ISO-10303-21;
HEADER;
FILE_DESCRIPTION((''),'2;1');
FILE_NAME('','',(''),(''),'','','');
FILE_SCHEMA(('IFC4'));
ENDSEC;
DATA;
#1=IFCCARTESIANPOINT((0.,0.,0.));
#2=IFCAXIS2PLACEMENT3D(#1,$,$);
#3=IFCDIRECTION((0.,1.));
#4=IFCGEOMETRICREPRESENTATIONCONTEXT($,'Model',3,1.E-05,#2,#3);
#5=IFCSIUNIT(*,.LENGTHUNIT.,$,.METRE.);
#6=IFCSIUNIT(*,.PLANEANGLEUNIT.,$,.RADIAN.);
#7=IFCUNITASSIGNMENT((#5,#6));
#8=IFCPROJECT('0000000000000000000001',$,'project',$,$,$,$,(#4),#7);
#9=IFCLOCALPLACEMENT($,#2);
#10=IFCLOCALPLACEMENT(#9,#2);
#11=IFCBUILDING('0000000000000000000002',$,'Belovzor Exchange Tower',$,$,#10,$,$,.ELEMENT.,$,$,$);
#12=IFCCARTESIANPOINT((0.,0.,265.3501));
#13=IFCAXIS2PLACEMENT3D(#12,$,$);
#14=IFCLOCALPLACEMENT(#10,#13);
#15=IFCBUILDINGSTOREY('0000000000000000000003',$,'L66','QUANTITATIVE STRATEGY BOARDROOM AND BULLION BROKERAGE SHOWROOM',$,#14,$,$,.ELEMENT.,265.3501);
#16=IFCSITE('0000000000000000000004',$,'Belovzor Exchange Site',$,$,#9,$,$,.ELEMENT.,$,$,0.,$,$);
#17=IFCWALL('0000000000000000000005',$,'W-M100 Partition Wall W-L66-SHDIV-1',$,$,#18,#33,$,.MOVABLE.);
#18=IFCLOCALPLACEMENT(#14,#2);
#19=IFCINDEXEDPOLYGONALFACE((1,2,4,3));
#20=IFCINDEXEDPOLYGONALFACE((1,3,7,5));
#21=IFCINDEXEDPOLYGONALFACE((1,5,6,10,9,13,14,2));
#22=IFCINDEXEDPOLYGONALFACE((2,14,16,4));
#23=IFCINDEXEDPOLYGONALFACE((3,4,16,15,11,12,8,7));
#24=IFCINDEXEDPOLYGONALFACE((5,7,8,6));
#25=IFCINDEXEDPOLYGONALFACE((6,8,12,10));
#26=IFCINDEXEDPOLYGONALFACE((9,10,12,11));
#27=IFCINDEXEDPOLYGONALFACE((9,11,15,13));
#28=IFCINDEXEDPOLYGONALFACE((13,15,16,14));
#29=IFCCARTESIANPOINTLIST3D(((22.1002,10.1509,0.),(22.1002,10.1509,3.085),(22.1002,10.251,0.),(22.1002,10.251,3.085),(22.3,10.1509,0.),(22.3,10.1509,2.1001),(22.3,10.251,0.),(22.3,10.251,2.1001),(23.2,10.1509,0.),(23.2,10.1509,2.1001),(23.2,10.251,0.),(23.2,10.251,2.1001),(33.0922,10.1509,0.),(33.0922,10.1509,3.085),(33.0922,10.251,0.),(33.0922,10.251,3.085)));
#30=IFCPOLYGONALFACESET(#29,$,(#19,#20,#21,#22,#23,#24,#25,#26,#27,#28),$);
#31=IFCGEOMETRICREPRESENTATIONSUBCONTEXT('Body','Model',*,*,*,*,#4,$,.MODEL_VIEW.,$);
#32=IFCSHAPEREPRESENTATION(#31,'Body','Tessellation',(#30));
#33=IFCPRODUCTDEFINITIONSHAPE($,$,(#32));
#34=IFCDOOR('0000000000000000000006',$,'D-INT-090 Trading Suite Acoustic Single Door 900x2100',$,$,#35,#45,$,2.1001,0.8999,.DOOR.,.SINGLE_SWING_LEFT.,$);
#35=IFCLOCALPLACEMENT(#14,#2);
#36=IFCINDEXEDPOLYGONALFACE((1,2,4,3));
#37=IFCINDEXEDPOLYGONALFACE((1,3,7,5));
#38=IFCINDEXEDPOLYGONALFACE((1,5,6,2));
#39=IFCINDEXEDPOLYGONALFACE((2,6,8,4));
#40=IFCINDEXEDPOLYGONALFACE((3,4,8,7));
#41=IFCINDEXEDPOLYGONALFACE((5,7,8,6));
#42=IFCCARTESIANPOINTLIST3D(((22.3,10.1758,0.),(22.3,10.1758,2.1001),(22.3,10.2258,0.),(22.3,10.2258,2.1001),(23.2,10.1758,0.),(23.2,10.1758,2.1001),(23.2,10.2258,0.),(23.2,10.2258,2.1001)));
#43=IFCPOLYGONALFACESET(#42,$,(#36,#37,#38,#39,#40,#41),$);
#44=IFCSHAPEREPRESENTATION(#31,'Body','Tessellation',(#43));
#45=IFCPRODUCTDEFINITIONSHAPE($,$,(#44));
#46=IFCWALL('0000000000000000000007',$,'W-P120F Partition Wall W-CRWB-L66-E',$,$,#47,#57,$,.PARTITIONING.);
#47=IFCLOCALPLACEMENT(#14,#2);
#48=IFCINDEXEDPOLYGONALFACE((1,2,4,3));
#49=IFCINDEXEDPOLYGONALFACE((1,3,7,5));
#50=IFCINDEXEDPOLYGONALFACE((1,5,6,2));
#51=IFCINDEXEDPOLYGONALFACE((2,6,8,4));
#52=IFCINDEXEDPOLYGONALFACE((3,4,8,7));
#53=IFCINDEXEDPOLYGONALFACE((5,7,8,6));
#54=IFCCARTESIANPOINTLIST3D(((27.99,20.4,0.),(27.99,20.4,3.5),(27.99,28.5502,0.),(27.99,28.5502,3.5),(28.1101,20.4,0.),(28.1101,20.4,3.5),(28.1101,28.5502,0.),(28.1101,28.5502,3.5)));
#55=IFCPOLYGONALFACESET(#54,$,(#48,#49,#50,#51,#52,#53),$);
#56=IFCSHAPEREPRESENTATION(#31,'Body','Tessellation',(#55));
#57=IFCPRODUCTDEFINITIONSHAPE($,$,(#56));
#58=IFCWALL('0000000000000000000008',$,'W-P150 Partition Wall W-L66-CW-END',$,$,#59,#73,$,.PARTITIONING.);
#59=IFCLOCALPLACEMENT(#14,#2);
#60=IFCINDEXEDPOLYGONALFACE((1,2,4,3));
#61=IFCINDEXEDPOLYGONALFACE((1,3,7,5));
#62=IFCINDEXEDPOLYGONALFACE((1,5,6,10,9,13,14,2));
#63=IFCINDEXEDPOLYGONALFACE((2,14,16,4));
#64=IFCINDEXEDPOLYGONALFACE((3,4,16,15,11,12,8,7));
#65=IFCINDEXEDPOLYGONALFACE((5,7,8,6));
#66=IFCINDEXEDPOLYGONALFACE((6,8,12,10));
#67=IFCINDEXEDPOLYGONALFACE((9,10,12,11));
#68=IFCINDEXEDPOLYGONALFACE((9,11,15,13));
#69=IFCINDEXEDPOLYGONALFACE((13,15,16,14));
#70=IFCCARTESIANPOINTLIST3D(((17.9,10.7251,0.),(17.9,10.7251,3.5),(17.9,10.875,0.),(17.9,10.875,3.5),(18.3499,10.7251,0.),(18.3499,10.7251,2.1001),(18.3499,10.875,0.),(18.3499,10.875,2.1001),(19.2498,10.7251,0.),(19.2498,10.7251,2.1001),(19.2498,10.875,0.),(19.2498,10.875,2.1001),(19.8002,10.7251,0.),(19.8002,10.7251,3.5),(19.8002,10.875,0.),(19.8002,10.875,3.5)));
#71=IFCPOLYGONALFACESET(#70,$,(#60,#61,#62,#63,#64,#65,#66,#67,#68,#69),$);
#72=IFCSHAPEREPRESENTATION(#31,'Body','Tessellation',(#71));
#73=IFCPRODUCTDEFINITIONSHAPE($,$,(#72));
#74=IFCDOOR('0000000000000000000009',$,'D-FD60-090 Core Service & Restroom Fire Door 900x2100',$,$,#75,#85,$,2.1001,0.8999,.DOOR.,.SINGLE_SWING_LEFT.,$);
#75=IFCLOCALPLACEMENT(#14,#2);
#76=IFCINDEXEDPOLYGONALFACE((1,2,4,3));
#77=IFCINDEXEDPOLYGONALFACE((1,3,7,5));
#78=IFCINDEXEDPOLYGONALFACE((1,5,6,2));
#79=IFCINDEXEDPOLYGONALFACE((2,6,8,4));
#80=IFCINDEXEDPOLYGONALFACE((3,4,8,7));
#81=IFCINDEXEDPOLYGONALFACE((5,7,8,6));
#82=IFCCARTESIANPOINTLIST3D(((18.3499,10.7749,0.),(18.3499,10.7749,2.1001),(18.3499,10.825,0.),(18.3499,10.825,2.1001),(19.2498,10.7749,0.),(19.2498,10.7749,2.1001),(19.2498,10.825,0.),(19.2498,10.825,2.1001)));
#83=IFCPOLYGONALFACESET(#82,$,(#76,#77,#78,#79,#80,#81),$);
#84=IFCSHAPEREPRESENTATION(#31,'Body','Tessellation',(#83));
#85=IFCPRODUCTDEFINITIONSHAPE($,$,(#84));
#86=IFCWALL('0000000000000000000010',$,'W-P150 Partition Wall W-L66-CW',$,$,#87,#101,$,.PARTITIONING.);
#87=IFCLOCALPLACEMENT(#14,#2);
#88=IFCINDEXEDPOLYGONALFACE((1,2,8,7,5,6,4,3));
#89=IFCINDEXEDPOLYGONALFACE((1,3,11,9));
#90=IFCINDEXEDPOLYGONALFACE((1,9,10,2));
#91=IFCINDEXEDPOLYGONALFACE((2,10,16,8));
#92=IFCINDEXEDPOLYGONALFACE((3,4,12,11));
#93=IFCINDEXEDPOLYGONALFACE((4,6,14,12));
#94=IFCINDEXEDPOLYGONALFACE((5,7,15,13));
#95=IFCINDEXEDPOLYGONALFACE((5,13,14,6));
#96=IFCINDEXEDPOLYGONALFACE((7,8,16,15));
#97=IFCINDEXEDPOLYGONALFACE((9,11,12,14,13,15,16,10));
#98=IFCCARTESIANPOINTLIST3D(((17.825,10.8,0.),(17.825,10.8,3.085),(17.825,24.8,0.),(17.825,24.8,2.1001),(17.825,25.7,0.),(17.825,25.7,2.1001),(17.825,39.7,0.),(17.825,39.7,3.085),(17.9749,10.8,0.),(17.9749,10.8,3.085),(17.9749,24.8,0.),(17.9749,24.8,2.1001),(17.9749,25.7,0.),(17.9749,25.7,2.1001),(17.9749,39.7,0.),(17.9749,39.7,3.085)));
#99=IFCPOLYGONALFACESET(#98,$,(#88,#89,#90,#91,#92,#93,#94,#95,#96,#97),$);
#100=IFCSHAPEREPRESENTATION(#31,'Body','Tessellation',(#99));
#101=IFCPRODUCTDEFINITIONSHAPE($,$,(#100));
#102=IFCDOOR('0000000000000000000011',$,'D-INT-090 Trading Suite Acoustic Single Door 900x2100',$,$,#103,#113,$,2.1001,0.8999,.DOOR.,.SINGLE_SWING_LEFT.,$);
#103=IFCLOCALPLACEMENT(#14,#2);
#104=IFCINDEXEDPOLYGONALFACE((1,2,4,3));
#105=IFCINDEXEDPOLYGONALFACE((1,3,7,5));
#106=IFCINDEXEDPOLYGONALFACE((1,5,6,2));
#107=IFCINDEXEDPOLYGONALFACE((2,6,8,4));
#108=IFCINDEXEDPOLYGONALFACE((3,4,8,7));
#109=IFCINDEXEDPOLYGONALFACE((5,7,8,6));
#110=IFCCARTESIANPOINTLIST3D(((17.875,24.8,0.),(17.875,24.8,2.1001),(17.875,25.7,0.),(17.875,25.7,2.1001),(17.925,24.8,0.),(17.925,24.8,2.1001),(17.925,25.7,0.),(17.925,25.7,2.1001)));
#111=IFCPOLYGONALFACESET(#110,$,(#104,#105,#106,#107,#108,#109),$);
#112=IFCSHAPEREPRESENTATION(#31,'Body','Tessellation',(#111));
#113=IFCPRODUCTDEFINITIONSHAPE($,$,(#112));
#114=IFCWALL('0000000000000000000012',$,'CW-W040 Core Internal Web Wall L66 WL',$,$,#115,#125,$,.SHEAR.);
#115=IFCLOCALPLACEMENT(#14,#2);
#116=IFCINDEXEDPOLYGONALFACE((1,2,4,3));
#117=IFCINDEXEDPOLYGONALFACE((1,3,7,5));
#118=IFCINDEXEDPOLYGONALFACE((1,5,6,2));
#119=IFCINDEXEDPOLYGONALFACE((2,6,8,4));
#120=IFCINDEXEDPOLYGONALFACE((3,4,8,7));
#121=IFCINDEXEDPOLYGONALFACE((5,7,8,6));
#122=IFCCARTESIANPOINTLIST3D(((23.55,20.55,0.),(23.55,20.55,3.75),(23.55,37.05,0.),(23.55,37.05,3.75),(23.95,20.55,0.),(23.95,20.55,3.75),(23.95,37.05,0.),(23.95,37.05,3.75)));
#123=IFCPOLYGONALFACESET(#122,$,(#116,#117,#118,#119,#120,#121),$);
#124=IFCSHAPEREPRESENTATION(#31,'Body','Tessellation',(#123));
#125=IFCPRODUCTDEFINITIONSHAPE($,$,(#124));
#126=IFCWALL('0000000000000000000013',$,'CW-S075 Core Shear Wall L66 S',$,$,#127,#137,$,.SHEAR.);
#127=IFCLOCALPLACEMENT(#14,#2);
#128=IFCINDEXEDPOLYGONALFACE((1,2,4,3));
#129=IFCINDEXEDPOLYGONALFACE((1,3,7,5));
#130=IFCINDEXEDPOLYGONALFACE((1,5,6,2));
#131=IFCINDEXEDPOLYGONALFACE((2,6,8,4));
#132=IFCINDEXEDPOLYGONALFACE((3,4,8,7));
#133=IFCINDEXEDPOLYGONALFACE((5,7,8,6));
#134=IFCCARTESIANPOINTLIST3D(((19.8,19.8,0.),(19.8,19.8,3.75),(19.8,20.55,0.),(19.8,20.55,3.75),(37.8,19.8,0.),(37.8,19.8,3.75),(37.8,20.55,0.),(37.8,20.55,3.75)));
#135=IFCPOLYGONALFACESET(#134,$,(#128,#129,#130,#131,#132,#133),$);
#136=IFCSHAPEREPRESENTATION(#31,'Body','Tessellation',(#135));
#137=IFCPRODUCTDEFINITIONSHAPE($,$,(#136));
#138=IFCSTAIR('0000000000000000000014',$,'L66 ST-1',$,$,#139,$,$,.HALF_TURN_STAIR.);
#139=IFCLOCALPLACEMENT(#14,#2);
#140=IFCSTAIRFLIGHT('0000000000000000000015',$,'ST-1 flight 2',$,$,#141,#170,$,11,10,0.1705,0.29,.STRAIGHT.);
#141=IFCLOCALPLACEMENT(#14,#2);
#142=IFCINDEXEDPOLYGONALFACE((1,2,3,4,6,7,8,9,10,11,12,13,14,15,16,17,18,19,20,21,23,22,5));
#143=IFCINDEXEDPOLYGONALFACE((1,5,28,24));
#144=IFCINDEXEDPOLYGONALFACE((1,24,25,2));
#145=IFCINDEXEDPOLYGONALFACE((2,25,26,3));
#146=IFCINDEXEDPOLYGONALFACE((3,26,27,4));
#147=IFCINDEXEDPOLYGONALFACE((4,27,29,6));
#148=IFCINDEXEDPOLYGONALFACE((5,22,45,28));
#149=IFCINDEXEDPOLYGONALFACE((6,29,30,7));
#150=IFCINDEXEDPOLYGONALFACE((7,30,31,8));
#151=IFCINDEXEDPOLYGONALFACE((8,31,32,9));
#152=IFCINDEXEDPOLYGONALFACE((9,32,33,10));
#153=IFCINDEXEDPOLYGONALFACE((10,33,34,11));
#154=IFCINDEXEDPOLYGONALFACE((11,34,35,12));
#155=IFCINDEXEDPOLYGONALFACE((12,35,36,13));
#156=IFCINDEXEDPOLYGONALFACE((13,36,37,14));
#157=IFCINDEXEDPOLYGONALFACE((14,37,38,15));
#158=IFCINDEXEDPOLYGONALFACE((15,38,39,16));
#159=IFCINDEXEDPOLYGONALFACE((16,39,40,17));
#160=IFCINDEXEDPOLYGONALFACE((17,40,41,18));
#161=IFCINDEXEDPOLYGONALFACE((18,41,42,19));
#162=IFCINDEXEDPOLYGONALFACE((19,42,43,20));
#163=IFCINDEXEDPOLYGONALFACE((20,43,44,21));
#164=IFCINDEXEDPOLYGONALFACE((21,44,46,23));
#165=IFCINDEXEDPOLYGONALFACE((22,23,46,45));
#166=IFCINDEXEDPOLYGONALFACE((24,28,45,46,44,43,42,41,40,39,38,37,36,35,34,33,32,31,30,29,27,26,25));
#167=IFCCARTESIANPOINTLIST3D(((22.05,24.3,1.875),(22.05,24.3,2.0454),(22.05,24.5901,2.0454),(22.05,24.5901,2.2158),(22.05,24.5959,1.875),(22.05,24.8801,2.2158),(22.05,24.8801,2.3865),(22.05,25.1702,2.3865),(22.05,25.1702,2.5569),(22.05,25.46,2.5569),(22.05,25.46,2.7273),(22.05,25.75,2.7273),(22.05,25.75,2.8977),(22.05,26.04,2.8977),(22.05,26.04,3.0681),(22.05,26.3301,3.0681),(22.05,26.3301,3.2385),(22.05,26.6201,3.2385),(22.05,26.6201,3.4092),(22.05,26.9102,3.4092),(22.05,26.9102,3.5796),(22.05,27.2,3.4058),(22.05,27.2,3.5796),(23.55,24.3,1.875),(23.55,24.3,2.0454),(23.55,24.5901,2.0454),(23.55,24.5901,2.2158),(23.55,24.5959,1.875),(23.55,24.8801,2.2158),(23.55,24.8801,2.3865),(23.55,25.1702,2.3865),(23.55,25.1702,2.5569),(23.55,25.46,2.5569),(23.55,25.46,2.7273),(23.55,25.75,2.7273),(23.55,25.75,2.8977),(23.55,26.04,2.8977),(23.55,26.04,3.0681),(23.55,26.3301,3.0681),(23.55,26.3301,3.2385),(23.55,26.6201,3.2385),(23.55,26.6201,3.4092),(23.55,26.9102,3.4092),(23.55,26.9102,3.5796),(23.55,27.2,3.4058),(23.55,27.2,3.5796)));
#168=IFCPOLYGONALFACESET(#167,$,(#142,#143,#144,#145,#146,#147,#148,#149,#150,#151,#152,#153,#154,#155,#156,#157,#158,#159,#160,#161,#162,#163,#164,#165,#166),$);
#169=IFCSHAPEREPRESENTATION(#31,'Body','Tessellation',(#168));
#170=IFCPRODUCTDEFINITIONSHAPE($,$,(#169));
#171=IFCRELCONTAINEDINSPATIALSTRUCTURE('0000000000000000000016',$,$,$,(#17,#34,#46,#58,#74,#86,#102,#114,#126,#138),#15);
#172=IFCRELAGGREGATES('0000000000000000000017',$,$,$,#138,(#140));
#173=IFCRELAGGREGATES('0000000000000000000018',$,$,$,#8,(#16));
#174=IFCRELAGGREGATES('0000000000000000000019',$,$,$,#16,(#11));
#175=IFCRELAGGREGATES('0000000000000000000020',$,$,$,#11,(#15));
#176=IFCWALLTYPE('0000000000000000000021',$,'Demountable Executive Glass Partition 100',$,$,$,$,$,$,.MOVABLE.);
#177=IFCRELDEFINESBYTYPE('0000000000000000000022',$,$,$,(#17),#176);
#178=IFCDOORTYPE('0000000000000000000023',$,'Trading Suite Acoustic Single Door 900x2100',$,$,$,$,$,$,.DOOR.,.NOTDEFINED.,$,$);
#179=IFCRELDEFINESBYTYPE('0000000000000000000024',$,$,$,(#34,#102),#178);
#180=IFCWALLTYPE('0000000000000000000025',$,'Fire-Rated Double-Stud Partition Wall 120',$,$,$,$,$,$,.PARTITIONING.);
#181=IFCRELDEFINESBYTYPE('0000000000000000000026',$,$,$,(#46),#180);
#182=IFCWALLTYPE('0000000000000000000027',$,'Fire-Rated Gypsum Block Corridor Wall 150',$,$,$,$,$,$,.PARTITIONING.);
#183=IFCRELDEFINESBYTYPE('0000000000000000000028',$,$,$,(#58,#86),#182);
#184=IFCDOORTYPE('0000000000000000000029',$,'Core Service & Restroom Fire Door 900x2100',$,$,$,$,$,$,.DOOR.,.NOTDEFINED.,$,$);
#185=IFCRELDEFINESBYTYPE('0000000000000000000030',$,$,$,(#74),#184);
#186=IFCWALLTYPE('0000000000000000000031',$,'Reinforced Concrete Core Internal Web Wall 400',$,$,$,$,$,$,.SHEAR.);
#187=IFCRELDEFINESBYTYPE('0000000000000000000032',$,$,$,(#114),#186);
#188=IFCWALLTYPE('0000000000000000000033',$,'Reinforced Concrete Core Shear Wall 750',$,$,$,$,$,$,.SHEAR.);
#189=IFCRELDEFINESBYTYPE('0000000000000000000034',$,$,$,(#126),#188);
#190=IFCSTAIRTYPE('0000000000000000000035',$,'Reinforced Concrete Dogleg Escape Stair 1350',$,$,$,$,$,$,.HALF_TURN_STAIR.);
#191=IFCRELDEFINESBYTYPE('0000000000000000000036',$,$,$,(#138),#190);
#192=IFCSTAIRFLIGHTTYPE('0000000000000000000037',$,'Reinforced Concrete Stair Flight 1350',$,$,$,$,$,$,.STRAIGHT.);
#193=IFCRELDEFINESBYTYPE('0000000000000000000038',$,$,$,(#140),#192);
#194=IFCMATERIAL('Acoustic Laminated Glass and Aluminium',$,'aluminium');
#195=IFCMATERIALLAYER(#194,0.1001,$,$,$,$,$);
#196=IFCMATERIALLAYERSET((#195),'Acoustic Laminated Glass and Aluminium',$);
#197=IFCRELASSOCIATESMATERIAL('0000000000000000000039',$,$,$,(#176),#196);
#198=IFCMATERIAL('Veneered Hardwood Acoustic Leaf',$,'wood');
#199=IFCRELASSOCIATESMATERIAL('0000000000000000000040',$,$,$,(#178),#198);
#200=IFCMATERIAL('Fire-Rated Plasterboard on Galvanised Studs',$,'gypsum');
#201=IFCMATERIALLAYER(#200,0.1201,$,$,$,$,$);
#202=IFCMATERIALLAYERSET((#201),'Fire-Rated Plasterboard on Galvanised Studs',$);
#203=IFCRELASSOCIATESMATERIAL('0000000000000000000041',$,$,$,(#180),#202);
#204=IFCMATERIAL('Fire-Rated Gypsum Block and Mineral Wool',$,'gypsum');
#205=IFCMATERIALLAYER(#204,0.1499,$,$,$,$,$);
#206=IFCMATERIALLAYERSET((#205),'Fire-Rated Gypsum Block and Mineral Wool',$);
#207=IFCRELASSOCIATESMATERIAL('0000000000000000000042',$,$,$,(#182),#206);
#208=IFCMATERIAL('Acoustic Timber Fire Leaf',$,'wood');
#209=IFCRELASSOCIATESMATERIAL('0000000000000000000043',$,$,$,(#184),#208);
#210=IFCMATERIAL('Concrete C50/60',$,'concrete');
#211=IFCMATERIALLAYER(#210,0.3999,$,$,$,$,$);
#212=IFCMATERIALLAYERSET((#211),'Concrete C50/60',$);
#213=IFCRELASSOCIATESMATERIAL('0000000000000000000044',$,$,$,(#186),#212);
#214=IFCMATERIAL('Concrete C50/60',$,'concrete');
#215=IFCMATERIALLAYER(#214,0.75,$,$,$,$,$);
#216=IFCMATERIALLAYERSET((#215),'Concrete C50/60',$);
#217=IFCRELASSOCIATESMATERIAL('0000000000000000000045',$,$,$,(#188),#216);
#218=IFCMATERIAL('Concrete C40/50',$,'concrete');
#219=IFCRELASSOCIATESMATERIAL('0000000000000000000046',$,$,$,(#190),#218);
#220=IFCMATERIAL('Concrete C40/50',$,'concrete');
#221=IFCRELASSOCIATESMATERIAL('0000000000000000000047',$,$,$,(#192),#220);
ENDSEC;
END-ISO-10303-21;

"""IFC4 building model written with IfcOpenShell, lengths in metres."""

from ifc_helpers import new_model, si_unit, direction, frame, frame_2d, origin, place, context, subcontext, project, spatial, polyline, rectangle, outline, extrude, material, layer, layer_set, type_object, element, fill, aggregate, save


model = new_model("IFC4")

# Units and contexts
model_context = context("Model", 3, precision=1e-05, world=origin(), true_north=direction((0.0, 1.0)))
body_context = subcontext(model_context, "Body", "Model", "MODEL_VIEW")
ifc_project = project(units=[si_unit("LENGTHUNIT", "METRE"), si_unit("PLANEANGLEUNIT", "RADIAN")], contexts=[model_context])

# Site, building, storey
site_placement = place(None, origin())
site = spatial("IfcSite", under=ifc_project, at=site_placement, Name="Belovzor Exchange Site", CompositionType="ELEMENT", RefElevation=0.0)
building_placement = place(site_placement, origin())
building = spatial("IfcBuilding", under=site, at=building_placement, Name="Belovzor Exchange Tower", CompositionType="ELEMENT")
storey_placement = place(building_placement, frame((0.0, 0.0, 265.3501)))
storey = spatial("IfcBuildingStorey", under=building, at=storey_placement, Name="L66", Description="QUANTITATIVE STRATEGY BOARDROOM AND BULLION BROKERAGE SHOWROOM", CompositionType="ELEMENT", Elevation=265.3501)

# Wall, opening, door
ifc_material_1 = material(Name="Acoustic Laminated Glass and Aluminium", Category="aluminium")
ifc_layer_1 = layer(ifc_material_1, 0.1001)
ifc_layer_set_1 = layer_set([ifc_layer_1], Name="Acoustic Laminated Glass and Aluminium")
wall_type_1 = type_object("IfcWallType", Name="Demountable Executive Glass Partition 100", PredefinedType="MOVABLE", material=ifc_layer_set_1)
ifc_material_2 = material(Name="Veneered Hardwood Acoustic Leaf", Category="wood")
door_type_1 = type_object("IfcDoorType", Name="Trading Suite Acoustic Single Door 900x2100", OperationType="NOTDEFINED", PredefinedType="DOOR", material=ifc_material_2)
wall_1_placement = place(storey_placement, frame((22.1001, 10.2009, 0.0), z_axis=(0.0, 0.0, 1.0), x_axis=(1.0, 0.0, 0.0)))
wall_1 = element("IfcWall", 1, at=wall_1_placement, inside=storey, type_object=wall_type_1, Name="W-M100 Partition Wall W-L66-SHDIV-1", PredefinedType="MOVABLE", context=body_context, shape_type="SweptSolid", body=[
    extrude(rectangle(XDim=10.9919, YDim=0.1001, at=frame_2d((5.4961, 0.0))), origin(), (0.0, 0.0, 1.0), 3.085),
])
opening_1_placement = place(wall_1_placement, frame((0.2, 0.0, 0.0)))
opening_1 = element("IfcOpeningElement", 2, at=opening_1_placement, cuts=wall_1, PredefinedType="OPENING", context=body_context, shape_type="SweptSolid", body=[
    extrude(rectangle(XDim=0.8999, YDim=2.1001, at=frame_2d((0.45, 1.05))), frame((0.0, 0.0601, 0.0), z_axis=(0.0, -1.0, 0.0), x_axis=(1.0, 0.0, 0.0)), (0.0, 0.0, 1.0), 0.1201),
])
door_1_placement = place(opening_1_placement, origin())
door_1 = element("IfcDoor", 3, at=door_1_placement, inside=storey, type_object=door_type_1, Name="D-INT-090 Trading Suite Acoustic Single Door 900x2100", OperationType="SINGLE_SWING_LEFT", OverallHeight=2.1001, OverallWidth=0.8999, PredefinedType="DOOR", context=body_context, shape_type="SweptSolid", body=[
    extrude(rectangle(XDim=0.8999, YDim=2.1001, at=frame_2d((0.45, 1.05))), frame((0.0, 0.0249, 0.0), z_axis=(0.0, -1.0, 0.0), x_axis=(1.0, 0.0, 0.0)), (0.0, 0.0, 1.0), 0.05),
])
fill(opening_1, door_1)

# Wall
ifc_material_3 = material(Name="Fire-Rated Plasterboard on Galvanised Studs", Category="gypsum")
ifc_layer_2 = layer(ifc_material_3, 0.1201)
ifc_layer_set_2 = layer_set([ifc_layer_2], Name="Fire-Rated Plasterboard on Galvanised Studs")
wall_type_2 = type_object("IfcWallType", Name="Fire-Rated Double-Stud Partition Wall 120", PredefinedType="PARTITIONING", material=ifc_layer_set_2)
wall_2_placement = place(storey_placement, frame((28.05, 20.3999, 0.0), z_axis=(0.0, 0.0, 1.0), x_axis=(0.0, 1.0, 0.0)))
element("IfcWall", 4, at=wall_2_placement, inside=storey, type_object=wall_type_2, Name="W-P120F Partition Wall W-CRWB-L66-E", PredefinedType="PARTITIONING", context=body_context, shape_type="SweptSolid", body=[
    extrude(rectangle(XDim=8.1501, YDim=0.1201, at=frame_2d((4.0752, 0.0))), origin(), (0.0, 0.0, 1.0), 3.5),
])

# Walls, openings, doors
ifc_material_4 = material(Name="Fire-Rated Gypsum Block and Mineral Wool", Category="gypsum")
ifc_layer_3 = layer(ifc_material_4, 0.1499)
ifc_layer_set_3 = layer_set([ifc_layer_3], Name="Fire-Rated Gypsum Block and Mineral Wool")
wall_type_3 = type_object("IfcWallType", Name="Fire-Rated Gypsum Block Corridor Wall 150", PredefinedType="PARTITIONING", material=ifc_layer_set_3)
wall_3_placement = place(storey_placement, frame((17.8999, 10.8, 0.0), z_axis=(0.0, 0.0, 1.0), x_axis=(1.0, 0.0, 0.0)))
wall_3 = element("IfcWall", 5, at=wall_3_placement, inside=storey, type_object=wall_type_3, Name="W-P150 Partition Wall W-L66-CW-END", PredefinedType="PARTITIONING", context=body_context, shape_type="SweptSolid", body=[
    extrude(rectangle(XDim=1.9001, YDim=0.1499, at=frame_2d((0.9502, 0.0))), origin(), (0.0, 0.0, 1.0), 3.5),
])
opening_2_placement = place(wall_3_placement, frame((0.45, 0.0, 0.0)))
opening_2 = element("IfcOpeningElement", 6, at=opening_2_placement, cuts=wall_3, PredefinedType="OPENING", context=body_context, shape_type="SweptSolid", body=[
    extrude(rectangle(XDim=0.8999, YDim=2.1001, at=frame_2d((0.45, 1.05))), frame((0.0, 0.085, 0.0), z_axis=(0.0, -1.0, 0.0), x_axis=(1.0, 0.0, 0.0)), (0.0, 0.0, 1.0), 0.1699),
])
ifc_material_5 = material(Name="Acoustic Timber Fire Leaf", Category="wood")
door_type_2 = type_object("IfcDoorType", Name="Core Service & Restroom Fire Door 900x2100", OperationType="NOTDEFINED", PredefinedType="DOOR", material=ifc_material_5)
door_2_placement = place(opening_2_placement, origin())
door_2 = element("IfcDoor", 7, at=door_2_placement, inside=storey, type_object=door_type_2, Name="D-FD60-090 Core Service & Restroom Fire Door 900x2100", OperationType="SINGLE_SWING_LEFT", OverallHeight=2.1001, OverallWidth=0.8999, PredefinedType="DOOR", context=body_context, shape_type="SweptSolid", body=[
    extrude(rectangle(XDim=0.8999, YDim=2.1001, at=frame_2d((0.45, 1.05))), frame((0.0, 0.0249, 0.0), z_axis=(0.0, -1.0, 0.0), x_axis=(1.0, 0.0, 0.0)), (0.0, 0.0, 1.0), 0.05),
])
fill(opening_2, door_2)
wall_4_placement = place(storey_placement, frame((17.8999, 10.8, 0.0), z_axis=(0.0, 0.0, 1.0), x_axis=(0.0, 1.0, 0.0)))
wall_4 = element("IfcWall", 8, at=wall_4_placement, inside=storey, type_object=wall_type_3, Name="W-P150 Partition Wall W-L66-CW", PredefinedType="PARTITIONING", context=body_context, shape_type="SweptSolid", body=[
    extrude(rectangle(XDim=28.8999, YDim=0.1499, at=frame_2d((14.45, 0.0))), origin(), (0.0, 0.0, 1.0), 3.085),
])
opening_3_placement = place(wall_4_placement, frame((14.0, 0.0, 0.0)))
opening_3 = element("IfcOpeningElement", 9, at=opening_3_placement, cuts=wall_4, PredefinedType="OPENING", context=body_context, shape_type="SweptSolid", body=[
    extrude(rectangle(XDim=0.8999, YDim=2.1001, at=frame_2d((0.45, 1.05))), frame((0.0, 0.085, 0.0), z_axis=(0.0, -1.0, 0.0), x_axis=(1.0, 0.0, 0.0)), (0.0, 0.0, 1.0), 0.1699),
])
door_3_placement = place(opening_3_placement, origin())
door_3 = element("IfcDoor", 10, at=door_3_placement, inside=storey, type_object=door_type_1, Name="D-INT-090 Trading Suite Acoustic Single Door 900x2100", OperationType="SINGLE_SWING_LEFT", OverallHeight=2.1001, OverallWidth=0.8999, PredefinedType="DOOR", context=body_context, shape_type="SweptSolid", body=[
    extrude(rectangle(XDim=0.8999, YDim=2.1001, at=frame_2d((0.45, 1.05))), frame((0.0, 0.0249, 0.0), z_axis=(0.0, -1.0, 0.0), x_axis=(1.0, 0.0, 0.0)), (0.0, 0.0, 1.0), 0.05),
])
fill(opening_3, door_3)

# Walls
ifc_material_6 = material(Name="Concrete C50/60", Category="concrete")
ifc_layer_4 = layer(ifc_material_6, 0.3999)
ifc_layer_set_4 = layer_set([ifc_layer_4], Name="Concrete C50/60")
wall_type_4 = type_object("IfcWallType", Name="Reinforced Concrete Core Internal Web Wall 400", PredefinedType="SHEAR", material=ifc_layer_set_4)
wall_5_placement = place(storey_placement, frame((23.75, 20.55, 0.0), z_axis=(0.0, 0.0, 1.0), x_axis=(0.0, 1.0, 0.0)))
element("IfcWall", 11, at=wall_5_placement, inside=storey, type_object=wall_type_4, Name="CW-W040 Core Internal Web Wall L66 WL", PredefinedType="SHEAR", context=body_context, shape_type="SweptSolid", body=[
    extrude(rectangle(XDim=16.5, YDim=0.3999, at=frame_2d((8.25, 0.0))), origin(), (0.0, 0.0, 1.0), 3.75),
])
ifc_material_7 = material(Name="Concrete C50/60", Category="concrete")
ifc_layer_5 = layer(ifc_material_7, 0.75)
ifc_layer_set_5 = layer_set([ifc_layer_5], Name="Concrete C50/60")
wall_type_5 = type_object("IfcWallType", Name="Reinforced Concrete Core Shear Wall 750", PredefinedType="SHEAR", material=ifc_layer_set_5)
wall_6_placement = place(storey_placement, frame((19.8, 20.175, 0.0), z_axis=(0.0, 0.0, 1.0), x_axis=(1.0, 0.0, 0.0)))
element("IfcWall", 12, at=wall_6_placement, inside=storey, type_object=wall_type_5, Name="CW-S075 Core Shear Wall L66 S", PredefinedType="SHEAR", context=body_context, shape_type="SweptSolid", body=[
    extrude(rectangle(XDim=18.0, YDim=0.75, at=frame_2d((9.0, 0.0))), origin(), (0.0, 0.0, 1.0), 3.75),
])

# Stair, stair flight
ifc_material_8 = material(Name="Concrete C40/50", Category="concrete")
stair_type = type_object("IfcStairType", Name="Reinforced Concrete Dogleg Escape Stair 1350", PredefinedType="HALF_TURN_STAIR", material=ifc_material_8)
stair_placement = place(storey_placement, origin())
stair = element("IfcStair", 13, at=stair_placement, inside=storey, type_object=stair_type, Name="L66 ST-1", PredefinedType="HALF_TURN_STAIR")
ifc_material_9 = material(Name="Concrete C40/50", Category="concrete")
stair_flight_type = type_object("IfcStairFlightType", Name="Reinforced Concrete Stair Flight 1350", PredefinedType="STRAIGHT", material=ifc_material_9)
stair_flight_placement = place(storey_placement, frame((22.8, 24.3, 1.875), z_axis=(0.0, 0.0, 1.0), x_axis=(0.0, 1.0, 0.0)))
stair_flight = element("IfcStairFlight", 14, at=stair_flight_placement, type_object=stair_flight_type, Name="ST-1 flight 2", NumberOfRisers=11, NumberOfTreads=10, PredefinedType="STRAIGHT", RiserHeight=0.1705, TreadLength=0.29, context=body_context, shape_type="SweptSolid", body=[
    extrude(outline(polyline([(0.0, 0.0), (0.0, 0.1704), (0.29, 0.1704), (0.29, 0.3408), (0.5801, 0.3408), (0.5801, 0.5115), (0.8701, 0.5115), (0.8701, 0.6819), (1.1599, 0.6819), (1.1599, 0.8523), (1.45, 0.8523), (1.45, 1.0227), (1.74, 1.0227), (1.74, 1.1931), (2.03, 1.1931), (2.03, 1.3635), (2.3201, 1.3635), (2.3201, 1.5342), (2.6101, 1.5342), (2.6101, 1.7046), (2.8999, 1.7046), (2.8999, 1.875), (2.8999, 1.5308), (0.2959, 0.0), (0.0, 0.0)])), frame((0.0, 0.75, 0.0), z_axis=(0.0, -1.0, 0.0), x_axis=(1.0, 0.0, 0.0)), (0.0, 0.0, 1.0), 1.5),
])
aggregate(stair, [stair_flight])

save(model, "model.ifc")
